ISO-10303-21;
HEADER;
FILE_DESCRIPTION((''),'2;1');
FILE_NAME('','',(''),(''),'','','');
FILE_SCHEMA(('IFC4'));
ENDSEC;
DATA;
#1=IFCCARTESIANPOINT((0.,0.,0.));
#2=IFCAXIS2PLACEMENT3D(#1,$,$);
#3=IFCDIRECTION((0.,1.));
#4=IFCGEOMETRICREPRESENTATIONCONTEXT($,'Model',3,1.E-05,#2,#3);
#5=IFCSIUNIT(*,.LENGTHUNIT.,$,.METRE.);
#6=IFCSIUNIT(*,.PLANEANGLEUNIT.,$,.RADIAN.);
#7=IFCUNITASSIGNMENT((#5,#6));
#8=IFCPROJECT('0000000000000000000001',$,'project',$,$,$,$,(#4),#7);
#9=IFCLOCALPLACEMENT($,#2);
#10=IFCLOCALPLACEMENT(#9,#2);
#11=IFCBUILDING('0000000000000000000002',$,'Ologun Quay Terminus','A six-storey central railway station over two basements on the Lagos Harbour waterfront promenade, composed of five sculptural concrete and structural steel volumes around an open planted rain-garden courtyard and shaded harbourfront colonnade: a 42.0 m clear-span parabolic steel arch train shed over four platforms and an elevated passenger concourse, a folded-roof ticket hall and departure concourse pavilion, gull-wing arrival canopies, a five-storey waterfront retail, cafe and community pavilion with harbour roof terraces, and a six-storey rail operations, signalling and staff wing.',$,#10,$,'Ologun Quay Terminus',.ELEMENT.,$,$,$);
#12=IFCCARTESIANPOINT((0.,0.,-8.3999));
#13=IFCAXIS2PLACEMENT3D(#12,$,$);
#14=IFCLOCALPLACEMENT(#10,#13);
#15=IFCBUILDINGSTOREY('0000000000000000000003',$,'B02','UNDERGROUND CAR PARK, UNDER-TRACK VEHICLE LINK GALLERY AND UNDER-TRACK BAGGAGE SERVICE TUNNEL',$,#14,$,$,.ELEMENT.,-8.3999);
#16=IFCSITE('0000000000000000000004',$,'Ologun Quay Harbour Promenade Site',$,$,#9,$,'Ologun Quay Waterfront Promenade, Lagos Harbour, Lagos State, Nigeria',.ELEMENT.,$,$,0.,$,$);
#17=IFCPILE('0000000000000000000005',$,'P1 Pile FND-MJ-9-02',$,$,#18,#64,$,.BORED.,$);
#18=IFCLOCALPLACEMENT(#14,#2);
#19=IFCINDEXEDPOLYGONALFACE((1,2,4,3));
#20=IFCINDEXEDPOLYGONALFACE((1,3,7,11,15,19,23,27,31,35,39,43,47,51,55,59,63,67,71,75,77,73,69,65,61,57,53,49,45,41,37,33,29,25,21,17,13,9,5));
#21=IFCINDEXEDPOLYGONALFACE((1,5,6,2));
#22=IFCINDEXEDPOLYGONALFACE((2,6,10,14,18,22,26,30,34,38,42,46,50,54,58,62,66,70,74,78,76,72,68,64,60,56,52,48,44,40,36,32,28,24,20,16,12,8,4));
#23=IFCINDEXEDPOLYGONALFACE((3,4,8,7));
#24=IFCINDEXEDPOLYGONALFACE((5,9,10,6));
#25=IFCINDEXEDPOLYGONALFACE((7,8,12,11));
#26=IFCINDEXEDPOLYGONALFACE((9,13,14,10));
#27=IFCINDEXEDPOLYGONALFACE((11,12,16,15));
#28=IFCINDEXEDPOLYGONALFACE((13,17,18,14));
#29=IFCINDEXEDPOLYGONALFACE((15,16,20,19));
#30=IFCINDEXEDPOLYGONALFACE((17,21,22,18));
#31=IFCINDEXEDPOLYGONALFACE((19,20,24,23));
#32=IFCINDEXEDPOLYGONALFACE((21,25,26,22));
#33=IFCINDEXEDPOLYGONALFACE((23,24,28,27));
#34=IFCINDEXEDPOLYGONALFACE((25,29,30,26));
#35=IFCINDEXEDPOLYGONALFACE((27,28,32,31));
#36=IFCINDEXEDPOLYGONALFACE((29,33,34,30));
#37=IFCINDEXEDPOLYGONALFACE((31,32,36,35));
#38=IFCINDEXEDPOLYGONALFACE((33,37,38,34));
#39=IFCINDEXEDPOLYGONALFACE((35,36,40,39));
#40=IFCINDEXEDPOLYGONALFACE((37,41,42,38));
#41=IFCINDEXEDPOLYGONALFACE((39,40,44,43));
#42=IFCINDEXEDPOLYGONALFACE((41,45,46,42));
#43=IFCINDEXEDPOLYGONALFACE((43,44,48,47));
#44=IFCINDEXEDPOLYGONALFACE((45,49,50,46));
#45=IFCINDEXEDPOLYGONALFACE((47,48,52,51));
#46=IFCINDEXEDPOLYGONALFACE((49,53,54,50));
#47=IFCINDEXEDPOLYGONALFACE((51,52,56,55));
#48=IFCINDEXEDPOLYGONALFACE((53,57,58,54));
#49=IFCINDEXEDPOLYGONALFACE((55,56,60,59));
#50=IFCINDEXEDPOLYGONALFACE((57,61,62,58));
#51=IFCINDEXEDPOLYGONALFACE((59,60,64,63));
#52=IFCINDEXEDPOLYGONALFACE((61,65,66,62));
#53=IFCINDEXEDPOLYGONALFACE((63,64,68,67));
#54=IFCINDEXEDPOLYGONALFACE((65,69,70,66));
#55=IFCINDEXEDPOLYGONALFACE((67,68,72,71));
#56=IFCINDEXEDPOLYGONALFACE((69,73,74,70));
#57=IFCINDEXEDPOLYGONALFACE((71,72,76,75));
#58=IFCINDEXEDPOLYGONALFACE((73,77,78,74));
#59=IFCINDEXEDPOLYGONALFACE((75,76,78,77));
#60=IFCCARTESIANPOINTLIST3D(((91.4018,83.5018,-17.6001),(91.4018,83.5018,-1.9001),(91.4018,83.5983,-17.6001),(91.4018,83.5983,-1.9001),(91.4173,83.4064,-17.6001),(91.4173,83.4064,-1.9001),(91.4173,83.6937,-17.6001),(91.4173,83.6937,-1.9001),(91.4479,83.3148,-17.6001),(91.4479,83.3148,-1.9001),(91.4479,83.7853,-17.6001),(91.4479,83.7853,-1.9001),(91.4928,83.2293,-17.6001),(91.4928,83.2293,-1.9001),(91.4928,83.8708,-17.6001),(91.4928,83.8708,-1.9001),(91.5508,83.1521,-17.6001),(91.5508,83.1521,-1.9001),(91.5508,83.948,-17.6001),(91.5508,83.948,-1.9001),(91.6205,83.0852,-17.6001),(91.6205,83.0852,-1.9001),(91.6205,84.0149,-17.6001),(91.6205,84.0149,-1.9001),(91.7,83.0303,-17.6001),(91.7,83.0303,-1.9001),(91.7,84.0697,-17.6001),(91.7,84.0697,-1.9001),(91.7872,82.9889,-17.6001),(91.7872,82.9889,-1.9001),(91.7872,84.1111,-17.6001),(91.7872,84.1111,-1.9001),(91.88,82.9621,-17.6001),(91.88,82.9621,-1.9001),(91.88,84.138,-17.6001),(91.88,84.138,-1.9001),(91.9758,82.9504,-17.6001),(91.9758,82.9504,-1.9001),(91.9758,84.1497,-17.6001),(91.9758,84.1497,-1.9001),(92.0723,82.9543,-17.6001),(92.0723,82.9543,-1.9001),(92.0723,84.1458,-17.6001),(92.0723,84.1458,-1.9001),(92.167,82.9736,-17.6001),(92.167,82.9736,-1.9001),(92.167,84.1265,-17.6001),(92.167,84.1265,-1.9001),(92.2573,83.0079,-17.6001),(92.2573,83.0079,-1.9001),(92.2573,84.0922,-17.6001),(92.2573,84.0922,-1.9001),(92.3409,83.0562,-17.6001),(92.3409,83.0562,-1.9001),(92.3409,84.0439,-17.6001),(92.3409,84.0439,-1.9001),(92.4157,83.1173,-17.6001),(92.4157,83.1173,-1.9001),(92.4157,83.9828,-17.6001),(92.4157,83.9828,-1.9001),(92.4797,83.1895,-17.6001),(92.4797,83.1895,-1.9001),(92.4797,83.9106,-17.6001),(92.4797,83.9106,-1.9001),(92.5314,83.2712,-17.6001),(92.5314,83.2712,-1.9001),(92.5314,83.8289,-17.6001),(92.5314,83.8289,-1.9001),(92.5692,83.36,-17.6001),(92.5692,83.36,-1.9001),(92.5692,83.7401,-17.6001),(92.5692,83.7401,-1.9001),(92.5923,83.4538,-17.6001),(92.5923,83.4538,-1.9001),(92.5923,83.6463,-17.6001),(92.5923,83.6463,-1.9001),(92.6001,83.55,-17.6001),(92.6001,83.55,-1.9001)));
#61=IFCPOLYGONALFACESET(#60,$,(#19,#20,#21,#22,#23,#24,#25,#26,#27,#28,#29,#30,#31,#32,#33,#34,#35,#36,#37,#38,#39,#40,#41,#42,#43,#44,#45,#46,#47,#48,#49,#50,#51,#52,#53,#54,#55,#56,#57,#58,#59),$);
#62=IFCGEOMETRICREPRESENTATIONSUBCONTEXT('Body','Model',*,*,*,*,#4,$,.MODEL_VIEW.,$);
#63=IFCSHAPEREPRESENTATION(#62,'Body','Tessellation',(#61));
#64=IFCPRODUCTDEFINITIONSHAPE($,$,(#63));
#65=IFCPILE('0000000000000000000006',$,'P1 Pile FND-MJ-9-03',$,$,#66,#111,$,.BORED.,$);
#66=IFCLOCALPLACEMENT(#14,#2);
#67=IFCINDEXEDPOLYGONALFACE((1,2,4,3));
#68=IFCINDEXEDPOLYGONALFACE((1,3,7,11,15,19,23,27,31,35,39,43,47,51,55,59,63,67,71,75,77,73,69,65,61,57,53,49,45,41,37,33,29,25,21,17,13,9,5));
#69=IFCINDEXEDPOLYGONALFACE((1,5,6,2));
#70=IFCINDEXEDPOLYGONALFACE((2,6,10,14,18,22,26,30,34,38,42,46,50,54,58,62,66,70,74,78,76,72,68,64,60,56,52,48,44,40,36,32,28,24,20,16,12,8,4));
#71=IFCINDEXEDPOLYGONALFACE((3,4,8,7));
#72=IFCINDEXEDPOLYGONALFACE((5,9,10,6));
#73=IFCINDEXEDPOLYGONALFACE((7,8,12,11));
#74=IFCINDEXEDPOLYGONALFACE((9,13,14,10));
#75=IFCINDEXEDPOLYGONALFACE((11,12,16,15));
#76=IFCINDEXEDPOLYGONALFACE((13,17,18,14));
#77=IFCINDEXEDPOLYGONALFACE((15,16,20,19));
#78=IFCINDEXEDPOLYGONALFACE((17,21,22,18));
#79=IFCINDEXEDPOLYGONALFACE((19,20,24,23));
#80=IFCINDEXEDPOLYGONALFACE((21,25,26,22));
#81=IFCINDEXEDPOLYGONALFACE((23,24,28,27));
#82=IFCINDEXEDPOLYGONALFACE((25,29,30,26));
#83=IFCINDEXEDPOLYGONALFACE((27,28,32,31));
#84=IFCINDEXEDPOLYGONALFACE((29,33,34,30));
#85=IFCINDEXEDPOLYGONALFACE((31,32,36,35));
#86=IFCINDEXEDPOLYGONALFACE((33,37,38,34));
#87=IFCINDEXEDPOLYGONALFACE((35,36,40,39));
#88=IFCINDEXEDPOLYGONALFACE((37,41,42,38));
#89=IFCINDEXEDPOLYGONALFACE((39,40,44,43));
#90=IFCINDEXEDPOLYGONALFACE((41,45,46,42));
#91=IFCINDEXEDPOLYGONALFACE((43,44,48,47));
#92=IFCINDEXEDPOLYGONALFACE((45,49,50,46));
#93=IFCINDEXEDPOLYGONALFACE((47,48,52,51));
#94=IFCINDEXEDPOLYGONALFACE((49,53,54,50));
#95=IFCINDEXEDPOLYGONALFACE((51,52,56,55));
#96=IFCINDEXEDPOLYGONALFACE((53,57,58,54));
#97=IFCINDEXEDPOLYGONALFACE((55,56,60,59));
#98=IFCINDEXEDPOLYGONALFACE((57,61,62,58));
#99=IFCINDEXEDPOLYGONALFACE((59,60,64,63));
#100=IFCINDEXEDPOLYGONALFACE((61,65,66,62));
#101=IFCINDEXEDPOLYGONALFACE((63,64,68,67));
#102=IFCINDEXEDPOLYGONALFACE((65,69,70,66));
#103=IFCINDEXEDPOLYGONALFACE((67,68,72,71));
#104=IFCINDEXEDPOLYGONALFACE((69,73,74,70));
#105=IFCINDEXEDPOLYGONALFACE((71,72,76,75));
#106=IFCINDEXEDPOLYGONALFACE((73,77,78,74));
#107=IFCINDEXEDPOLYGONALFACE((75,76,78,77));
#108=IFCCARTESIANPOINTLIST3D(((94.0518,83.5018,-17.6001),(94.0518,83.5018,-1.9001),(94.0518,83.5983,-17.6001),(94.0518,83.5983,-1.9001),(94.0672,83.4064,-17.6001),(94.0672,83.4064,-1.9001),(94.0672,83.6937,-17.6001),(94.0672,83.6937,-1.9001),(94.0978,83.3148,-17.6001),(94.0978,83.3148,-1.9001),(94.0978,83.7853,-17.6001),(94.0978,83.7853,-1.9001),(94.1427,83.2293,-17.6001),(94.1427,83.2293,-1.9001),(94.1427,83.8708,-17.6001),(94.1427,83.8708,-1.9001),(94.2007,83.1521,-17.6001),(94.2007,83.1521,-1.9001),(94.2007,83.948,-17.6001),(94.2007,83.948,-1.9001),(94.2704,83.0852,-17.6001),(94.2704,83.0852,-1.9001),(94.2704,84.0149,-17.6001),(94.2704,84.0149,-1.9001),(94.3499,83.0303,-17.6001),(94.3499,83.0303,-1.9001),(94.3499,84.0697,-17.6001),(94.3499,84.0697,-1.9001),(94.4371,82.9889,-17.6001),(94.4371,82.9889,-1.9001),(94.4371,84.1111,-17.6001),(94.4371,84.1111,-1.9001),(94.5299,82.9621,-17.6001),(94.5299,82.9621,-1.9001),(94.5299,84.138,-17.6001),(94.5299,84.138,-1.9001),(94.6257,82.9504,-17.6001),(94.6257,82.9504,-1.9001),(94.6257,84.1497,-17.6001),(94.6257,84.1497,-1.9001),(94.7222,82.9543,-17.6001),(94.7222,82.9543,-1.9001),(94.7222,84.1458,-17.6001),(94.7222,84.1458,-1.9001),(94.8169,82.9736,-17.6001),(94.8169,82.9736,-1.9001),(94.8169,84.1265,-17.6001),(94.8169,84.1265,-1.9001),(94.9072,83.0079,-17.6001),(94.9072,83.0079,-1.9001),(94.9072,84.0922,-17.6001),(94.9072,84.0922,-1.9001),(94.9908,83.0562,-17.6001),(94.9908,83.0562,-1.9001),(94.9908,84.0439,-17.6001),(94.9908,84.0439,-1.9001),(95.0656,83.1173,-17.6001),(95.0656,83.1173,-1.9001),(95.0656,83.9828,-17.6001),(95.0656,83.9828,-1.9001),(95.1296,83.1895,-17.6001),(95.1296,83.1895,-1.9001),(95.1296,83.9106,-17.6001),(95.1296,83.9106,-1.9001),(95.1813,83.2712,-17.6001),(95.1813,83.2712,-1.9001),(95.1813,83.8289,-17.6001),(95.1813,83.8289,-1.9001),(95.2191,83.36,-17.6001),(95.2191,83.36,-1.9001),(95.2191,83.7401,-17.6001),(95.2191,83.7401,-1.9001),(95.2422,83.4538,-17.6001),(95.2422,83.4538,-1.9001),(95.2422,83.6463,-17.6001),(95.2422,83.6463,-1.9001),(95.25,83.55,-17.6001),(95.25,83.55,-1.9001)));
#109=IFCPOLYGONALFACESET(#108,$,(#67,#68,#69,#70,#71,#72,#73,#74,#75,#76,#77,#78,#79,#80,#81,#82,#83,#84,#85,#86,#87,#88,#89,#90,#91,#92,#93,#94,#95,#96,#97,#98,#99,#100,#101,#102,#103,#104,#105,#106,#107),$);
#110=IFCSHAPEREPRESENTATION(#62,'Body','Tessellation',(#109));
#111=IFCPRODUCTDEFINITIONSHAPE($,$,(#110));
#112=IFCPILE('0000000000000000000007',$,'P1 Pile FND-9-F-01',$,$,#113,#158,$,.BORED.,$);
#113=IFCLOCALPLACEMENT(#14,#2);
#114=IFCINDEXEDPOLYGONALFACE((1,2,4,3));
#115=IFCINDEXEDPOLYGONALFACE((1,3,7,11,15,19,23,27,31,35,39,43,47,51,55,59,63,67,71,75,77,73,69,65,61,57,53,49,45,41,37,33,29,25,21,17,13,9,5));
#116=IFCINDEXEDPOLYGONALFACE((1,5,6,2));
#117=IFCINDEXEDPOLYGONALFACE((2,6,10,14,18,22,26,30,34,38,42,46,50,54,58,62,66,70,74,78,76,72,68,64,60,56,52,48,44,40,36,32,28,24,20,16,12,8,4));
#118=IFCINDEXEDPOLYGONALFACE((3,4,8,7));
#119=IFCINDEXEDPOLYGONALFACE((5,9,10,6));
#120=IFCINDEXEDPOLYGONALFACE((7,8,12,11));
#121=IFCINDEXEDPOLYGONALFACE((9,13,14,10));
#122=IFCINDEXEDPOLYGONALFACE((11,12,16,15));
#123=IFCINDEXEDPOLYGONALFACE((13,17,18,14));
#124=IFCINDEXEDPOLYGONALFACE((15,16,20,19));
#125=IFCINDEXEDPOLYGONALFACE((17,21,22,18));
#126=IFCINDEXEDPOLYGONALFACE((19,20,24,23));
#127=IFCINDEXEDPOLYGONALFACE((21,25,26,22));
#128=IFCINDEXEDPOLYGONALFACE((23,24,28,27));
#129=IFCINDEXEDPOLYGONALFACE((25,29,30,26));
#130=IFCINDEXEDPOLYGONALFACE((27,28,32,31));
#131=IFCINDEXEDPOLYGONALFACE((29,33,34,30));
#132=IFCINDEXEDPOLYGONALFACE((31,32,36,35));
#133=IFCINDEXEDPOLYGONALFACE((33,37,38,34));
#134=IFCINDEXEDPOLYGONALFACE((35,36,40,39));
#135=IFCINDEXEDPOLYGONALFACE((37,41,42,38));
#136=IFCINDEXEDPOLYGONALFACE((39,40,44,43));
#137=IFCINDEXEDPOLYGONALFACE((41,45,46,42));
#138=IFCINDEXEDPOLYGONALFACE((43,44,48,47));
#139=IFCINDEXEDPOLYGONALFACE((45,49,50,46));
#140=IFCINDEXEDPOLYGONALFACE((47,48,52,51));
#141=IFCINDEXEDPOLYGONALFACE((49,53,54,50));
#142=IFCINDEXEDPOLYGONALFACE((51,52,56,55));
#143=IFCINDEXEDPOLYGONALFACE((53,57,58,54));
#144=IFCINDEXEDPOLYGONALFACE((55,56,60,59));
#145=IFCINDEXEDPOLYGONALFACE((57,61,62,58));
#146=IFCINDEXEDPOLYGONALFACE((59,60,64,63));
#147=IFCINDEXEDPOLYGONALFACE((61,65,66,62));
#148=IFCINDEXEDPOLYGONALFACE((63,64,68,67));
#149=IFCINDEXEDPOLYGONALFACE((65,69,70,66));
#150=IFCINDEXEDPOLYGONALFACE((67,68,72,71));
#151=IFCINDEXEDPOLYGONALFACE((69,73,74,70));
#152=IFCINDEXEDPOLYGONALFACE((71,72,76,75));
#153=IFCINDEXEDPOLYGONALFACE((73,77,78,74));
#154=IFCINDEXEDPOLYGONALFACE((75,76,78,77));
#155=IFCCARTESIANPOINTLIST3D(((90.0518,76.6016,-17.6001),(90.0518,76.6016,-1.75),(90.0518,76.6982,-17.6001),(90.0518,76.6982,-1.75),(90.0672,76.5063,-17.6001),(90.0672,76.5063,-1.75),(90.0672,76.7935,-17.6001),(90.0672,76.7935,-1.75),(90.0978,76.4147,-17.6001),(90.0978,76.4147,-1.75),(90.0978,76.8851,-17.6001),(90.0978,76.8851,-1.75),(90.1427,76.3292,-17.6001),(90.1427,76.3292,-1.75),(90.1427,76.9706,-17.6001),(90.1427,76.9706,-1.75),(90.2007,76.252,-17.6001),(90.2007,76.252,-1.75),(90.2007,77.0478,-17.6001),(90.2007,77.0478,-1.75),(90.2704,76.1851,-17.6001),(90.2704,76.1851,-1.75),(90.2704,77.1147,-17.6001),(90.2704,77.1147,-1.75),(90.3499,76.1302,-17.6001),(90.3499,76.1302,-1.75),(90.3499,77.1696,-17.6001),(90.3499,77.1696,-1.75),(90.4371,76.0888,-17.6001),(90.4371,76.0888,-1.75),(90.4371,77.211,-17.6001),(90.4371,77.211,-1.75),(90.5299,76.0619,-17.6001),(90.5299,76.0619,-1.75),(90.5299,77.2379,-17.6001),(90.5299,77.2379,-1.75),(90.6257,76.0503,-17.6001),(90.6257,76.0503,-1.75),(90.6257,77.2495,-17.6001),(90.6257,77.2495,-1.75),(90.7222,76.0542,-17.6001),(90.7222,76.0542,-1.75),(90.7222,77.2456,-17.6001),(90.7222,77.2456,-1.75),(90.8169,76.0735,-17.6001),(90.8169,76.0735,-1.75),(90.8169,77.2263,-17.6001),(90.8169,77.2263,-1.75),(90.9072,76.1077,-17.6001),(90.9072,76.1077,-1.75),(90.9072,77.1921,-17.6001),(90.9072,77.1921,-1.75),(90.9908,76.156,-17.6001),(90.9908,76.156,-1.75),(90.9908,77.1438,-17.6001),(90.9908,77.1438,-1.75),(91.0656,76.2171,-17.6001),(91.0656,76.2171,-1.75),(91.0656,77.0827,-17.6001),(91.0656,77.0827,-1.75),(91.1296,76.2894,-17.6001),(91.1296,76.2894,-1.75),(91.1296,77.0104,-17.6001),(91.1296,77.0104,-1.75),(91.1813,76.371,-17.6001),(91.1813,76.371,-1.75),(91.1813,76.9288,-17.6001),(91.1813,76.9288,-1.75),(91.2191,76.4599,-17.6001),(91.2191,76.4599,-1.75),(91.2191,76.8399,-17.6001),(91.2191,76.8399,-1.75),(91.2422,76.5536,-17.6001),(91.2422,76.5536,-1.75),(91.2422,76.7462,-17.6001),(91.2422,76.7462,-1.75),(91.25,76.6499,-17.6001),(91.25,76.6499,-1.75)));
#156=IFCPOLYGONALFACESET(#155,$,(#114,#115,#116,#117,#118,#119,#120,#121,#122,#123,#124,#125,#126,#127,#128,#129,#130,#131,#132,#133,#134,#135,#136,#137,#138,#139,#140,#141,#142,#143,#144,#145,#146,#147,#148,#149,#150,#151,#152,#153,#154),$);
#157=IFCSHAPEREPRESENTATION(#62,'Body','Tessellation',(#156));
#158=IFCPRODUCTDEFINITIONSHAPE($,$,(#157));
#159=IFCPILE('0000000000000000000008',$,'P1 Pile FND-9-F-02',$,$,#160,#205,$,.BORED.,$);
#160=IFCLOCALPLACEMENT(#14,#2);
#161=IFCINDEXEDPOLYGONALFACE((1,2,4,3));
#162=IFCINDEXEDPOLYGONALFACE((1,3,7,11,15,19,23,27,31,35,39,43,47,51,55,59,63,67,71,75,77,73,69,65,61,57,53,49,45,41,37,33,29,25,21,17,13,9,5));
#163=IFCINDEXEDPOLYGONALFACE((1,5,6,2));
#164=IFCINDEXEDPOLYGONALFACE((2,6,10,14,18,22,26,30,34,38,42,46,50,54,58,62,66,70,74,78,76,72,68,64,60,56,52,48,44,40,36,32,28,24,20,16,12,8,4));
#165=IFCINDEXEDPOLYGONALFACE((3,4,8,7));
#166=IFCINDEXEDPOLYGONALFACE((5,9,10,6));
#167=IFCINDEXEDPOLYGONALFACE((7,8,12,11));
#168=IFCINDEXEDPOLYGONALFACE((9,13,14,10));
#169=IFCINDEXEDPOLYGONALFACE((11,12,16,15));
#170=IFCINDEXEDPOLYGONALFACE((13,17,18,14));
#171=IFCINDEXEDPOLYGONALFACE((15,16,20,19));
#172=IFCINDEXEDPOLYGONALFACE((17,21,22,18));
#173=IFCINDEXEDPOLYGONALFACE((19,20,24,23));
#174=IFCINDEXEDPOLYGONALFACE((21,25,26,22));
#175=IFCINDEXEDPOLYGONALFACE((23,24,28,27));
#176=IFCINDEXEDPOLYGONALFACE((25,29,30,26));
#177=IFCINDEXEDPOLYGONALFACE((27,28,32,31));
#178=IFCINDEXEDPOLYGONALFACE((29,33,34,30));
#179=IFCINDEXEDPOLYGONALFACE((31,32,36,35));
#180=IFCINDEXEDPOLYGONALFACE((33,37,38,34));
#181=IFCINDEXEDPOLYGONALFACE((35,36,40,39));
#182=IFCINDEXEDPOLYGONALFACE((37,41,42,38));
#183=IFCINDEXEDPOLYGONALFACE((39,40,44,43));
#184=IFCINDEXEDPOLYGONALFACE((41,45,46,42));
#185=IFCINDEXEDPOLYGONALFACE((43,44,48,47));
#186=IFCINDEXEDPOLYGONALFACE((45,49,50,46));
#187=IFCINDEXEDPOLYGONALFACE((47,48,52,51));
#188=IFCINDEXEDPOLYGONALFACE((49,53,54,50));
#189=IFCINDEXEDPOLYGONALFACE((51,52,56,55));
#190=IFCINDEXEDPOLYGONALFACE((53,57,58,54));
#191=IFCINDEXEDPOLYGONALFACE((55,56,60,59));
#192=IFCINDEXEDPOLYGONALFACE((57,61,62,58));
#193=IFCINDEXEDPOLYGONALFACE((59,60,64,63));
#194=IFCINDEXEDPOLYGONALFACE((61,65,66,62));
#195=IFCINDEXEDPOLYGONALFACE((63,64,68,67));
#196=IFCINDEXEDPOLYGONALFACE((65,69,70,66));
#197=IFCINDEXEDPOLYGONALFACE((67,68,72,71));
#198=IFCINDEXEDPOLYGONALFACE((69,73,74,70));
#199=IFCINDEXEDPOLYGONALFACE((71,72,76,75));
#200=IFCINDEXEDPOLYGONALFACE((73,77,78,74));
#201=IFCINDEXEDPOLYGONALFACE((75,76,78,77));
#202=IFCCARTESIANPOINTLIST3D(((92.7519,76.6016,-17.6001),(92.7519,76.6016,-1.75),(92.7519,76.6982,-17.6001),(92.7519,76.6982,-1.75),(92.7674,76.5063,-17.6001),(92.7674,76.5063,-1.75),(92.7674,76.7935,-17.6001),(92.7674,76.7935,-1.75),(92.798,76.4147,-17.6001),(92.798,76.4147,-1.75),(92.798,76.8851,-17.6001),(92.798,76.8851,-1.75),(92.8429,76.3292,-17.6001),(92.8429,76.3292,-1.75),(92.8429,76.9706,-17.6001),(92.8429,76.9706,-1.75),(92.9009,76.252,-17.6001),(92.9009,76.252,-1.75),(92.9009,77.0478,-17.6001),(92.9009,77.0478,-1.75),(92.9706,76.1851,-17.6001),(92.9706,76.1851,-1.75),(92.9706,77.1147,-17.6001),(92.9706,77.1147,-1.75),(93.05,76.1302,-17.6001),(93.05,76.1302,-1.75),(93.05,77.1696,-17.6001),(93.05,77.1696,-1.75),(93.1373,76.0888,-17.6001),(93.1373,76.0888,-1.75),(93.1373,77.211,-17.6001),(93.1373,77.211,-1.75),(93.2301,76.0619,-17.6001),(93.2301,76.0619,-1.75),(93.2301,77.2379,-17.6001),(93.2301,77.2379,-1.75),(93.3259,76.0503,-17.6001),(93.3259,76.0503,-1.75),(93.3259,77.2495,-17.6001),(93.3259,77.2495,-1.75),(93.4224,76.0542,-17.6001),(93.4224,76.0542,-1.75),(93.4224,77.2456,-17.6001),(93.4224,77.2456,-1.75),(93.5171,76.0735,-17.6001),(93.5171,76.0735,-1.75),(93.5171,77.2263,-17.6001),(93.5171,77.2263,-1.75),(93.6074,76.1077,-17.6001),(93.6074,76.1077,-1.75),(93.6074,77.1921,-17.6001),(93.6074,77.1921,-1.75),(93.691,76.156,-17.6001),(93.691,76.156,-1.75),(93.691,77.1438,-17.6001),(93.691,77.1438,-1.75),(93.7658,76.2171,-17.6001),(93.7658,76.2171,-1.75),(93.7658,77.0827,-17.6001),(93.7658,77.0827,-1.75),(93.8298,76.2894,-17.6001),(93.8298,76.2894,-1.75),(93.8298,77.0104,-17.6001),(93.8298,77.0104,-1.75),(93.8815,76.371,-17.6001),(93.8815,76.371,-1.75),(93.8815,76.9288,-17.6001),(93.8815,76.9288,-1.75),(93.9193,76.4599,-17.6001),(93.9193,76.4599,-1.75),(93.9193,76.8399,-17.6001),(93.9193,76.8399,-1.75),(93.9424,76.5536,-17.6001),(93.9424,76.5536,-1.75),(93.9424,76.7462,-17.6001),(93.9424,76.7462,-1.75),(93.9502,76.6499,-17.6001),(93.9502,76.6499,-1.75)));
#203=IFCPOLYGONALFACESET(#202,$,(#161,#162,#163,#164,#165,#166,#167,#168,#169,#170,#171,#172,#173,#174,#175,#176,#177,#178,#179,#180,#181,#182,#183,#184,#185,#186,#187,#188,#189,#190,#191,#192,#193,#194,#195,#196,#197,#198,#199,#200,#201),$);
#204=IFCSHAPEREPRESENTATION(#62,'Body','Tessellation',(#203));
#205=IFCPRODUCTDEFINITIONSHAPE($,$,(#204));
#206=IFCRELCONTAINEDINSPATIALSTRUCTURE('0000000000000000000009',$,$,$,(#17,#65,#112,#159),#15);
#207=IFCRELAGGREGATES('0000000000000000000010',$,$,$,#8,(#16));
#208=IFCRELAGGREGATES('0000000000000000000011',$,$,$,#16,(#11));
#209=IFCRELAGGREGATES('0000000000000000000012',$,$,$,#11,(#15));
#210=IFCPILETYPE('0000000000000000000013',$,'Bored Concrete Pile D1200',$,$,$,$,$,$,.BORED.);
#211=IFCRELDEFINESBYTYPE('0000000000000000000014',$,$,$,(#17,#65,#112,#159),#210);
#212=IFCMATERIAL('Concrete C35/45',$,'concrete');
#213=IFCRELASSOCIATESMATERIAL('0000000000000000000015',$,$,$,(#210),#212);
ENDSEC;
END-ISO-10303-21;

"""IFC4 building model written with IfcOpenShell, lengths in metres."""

from ifc_helpers import new_model, si_unit, direction, frame, origin, origin_2d, place, context, subcontext, project, spatial, circle, extrude, material, material_profile, profile_set, type_object, element, save


model = new_model("IFC4")

# Units and contexts
model_context = context("Model", 3, precision=1e-05, world=origin(), true_north=direction((0.0, 1.0)))
body_context = subcontext(model_context, "Body", "Model", "MODEL_VIEW")
ifc_project = project(units=[si_unit("LENGTHUNIT", "METRE"), si_unit("PLANEANGLEUNIT", "RADIAN")], contexts=[model_context])

# Site, building, storey
site_placement = place(None, origin())
site = spatial("IfcSite", under=ifc_project, at=site_placement, Name="Ologun Quay Harbour Promenade Site", LongName="Ologun Quay Waterfront Promenade, Lagos Harbour, Lagos State, Nigeria", CompositionType="ELEMENT", RefElevation=0.0)
building_placement = place(site_placement, origin())
building = spatial("IfcBuilding", under=site, at=building_placement, Name="Ologun Quay Terminus", Description="A six-storey central railway station over two basements on the Lagos Harbour waterfront promenade, composed of five sculptural concrete and structural steel volumes around an open planted rain-garden courtyard and shaded harbourfront colonnade: a 42.0 m clear-span parabolic steel arch train shed over four platforms and an elevated passenger concourse, a folded-roof ticket hall and departure concourse pavilion, gull-wing arrival canopies, a five-storey waterfront retail, cafe and community pavilion with harbour roof terraces, and a six-storey rail operations, signalling and staff wing.", LongName="Ologun Quay Terminus", CompositionType="ELEMENT")
storey_placement = place(building_placement, frame((0.0, 0.0, -8.3999)))
storey = spatial("IfcBuildingStorey", under=building, at=storey_placement, Name="B02", Description="UNDERGROUND CAR PARK, UNDER-TRACK VEHICLE LINK GALLERY AND UNDER-TRACK BAGGAGE SERVICE TUNNEL", CompositionType="ELEMENT", Elevation=-8.3999)

# Piles
ifc_material_1 = material(Name="Concrete C35/45", Category="concrete")
ifc_material_profile_1 = material_profile(ifc_material_1, circle(Radius=0.6001, at=origin_2d()), Name="PILE D1200")
ifc_profile_set_1 = profile_set([ifc_material_profile_1], Name="Concrete C35/45")
pile_type_1 = type_object("IfcPileType", Name="Bored Concrete Pile D1200", PredefinedType="BORED", material=ifc_profile_set_1)
for number, where, z_axis, x_axis, name in (
    (1, (92.0, 83.55, -1.9001), (0.0, 0.0, -1.0), (1.0, 0.0, 0.0), "P1 Pile FND-MJ-9-02"),
    (2, (94.6499, 83.55, -1.9001), (0.0, 0.0, -1.0), (1.0, 0.0, 0.0), "P1 Pile FND-MJ-9-03"),
):
    element("IfcPile", number, at=place(storey_placement, frame(where, z_axis=z_axis, x_axis=x_axis)), inside=storey, type_object=pile_type_1, Name=name, PredefinedType="BORED", context=body_context, shape_type="SweptSolid", body=[
        extrude(circle(Radius=0.6001, at=origin_2d()), origin(), (0.0, 0.0, 1.0), 15.7),
    ])
for number, where, z_axis, x_axis, name in (
    (3, (90.6499, 76.6499, -1.75), (0.0, 0.0, -1.0), (1.0, 0.0, 0.0), "P1 Pile FND-9-F-01"),
    (4, (93.3501, 76.6499, -1.75), (0.0, 0.0, -1.0), (1.0, 0.0, 0.0), "P1 Pile FND-9-F-02"),
):
    element("IfcPile", number, at=place(storey_placement, frame(where, z_axis=z_axis, x_axis=x_axis)), inside=storey, type_object=pile_type_1, Name=name, PredefinedType="BORED", context=body_context, shape_type="SweptSolid", body=[
        extrude(circle(Radius=0.6001, at=origin_2d()), origin(), (0.0, 0.0, 1.0), 15.8501),
    ])

save(model, "model.ifc")
